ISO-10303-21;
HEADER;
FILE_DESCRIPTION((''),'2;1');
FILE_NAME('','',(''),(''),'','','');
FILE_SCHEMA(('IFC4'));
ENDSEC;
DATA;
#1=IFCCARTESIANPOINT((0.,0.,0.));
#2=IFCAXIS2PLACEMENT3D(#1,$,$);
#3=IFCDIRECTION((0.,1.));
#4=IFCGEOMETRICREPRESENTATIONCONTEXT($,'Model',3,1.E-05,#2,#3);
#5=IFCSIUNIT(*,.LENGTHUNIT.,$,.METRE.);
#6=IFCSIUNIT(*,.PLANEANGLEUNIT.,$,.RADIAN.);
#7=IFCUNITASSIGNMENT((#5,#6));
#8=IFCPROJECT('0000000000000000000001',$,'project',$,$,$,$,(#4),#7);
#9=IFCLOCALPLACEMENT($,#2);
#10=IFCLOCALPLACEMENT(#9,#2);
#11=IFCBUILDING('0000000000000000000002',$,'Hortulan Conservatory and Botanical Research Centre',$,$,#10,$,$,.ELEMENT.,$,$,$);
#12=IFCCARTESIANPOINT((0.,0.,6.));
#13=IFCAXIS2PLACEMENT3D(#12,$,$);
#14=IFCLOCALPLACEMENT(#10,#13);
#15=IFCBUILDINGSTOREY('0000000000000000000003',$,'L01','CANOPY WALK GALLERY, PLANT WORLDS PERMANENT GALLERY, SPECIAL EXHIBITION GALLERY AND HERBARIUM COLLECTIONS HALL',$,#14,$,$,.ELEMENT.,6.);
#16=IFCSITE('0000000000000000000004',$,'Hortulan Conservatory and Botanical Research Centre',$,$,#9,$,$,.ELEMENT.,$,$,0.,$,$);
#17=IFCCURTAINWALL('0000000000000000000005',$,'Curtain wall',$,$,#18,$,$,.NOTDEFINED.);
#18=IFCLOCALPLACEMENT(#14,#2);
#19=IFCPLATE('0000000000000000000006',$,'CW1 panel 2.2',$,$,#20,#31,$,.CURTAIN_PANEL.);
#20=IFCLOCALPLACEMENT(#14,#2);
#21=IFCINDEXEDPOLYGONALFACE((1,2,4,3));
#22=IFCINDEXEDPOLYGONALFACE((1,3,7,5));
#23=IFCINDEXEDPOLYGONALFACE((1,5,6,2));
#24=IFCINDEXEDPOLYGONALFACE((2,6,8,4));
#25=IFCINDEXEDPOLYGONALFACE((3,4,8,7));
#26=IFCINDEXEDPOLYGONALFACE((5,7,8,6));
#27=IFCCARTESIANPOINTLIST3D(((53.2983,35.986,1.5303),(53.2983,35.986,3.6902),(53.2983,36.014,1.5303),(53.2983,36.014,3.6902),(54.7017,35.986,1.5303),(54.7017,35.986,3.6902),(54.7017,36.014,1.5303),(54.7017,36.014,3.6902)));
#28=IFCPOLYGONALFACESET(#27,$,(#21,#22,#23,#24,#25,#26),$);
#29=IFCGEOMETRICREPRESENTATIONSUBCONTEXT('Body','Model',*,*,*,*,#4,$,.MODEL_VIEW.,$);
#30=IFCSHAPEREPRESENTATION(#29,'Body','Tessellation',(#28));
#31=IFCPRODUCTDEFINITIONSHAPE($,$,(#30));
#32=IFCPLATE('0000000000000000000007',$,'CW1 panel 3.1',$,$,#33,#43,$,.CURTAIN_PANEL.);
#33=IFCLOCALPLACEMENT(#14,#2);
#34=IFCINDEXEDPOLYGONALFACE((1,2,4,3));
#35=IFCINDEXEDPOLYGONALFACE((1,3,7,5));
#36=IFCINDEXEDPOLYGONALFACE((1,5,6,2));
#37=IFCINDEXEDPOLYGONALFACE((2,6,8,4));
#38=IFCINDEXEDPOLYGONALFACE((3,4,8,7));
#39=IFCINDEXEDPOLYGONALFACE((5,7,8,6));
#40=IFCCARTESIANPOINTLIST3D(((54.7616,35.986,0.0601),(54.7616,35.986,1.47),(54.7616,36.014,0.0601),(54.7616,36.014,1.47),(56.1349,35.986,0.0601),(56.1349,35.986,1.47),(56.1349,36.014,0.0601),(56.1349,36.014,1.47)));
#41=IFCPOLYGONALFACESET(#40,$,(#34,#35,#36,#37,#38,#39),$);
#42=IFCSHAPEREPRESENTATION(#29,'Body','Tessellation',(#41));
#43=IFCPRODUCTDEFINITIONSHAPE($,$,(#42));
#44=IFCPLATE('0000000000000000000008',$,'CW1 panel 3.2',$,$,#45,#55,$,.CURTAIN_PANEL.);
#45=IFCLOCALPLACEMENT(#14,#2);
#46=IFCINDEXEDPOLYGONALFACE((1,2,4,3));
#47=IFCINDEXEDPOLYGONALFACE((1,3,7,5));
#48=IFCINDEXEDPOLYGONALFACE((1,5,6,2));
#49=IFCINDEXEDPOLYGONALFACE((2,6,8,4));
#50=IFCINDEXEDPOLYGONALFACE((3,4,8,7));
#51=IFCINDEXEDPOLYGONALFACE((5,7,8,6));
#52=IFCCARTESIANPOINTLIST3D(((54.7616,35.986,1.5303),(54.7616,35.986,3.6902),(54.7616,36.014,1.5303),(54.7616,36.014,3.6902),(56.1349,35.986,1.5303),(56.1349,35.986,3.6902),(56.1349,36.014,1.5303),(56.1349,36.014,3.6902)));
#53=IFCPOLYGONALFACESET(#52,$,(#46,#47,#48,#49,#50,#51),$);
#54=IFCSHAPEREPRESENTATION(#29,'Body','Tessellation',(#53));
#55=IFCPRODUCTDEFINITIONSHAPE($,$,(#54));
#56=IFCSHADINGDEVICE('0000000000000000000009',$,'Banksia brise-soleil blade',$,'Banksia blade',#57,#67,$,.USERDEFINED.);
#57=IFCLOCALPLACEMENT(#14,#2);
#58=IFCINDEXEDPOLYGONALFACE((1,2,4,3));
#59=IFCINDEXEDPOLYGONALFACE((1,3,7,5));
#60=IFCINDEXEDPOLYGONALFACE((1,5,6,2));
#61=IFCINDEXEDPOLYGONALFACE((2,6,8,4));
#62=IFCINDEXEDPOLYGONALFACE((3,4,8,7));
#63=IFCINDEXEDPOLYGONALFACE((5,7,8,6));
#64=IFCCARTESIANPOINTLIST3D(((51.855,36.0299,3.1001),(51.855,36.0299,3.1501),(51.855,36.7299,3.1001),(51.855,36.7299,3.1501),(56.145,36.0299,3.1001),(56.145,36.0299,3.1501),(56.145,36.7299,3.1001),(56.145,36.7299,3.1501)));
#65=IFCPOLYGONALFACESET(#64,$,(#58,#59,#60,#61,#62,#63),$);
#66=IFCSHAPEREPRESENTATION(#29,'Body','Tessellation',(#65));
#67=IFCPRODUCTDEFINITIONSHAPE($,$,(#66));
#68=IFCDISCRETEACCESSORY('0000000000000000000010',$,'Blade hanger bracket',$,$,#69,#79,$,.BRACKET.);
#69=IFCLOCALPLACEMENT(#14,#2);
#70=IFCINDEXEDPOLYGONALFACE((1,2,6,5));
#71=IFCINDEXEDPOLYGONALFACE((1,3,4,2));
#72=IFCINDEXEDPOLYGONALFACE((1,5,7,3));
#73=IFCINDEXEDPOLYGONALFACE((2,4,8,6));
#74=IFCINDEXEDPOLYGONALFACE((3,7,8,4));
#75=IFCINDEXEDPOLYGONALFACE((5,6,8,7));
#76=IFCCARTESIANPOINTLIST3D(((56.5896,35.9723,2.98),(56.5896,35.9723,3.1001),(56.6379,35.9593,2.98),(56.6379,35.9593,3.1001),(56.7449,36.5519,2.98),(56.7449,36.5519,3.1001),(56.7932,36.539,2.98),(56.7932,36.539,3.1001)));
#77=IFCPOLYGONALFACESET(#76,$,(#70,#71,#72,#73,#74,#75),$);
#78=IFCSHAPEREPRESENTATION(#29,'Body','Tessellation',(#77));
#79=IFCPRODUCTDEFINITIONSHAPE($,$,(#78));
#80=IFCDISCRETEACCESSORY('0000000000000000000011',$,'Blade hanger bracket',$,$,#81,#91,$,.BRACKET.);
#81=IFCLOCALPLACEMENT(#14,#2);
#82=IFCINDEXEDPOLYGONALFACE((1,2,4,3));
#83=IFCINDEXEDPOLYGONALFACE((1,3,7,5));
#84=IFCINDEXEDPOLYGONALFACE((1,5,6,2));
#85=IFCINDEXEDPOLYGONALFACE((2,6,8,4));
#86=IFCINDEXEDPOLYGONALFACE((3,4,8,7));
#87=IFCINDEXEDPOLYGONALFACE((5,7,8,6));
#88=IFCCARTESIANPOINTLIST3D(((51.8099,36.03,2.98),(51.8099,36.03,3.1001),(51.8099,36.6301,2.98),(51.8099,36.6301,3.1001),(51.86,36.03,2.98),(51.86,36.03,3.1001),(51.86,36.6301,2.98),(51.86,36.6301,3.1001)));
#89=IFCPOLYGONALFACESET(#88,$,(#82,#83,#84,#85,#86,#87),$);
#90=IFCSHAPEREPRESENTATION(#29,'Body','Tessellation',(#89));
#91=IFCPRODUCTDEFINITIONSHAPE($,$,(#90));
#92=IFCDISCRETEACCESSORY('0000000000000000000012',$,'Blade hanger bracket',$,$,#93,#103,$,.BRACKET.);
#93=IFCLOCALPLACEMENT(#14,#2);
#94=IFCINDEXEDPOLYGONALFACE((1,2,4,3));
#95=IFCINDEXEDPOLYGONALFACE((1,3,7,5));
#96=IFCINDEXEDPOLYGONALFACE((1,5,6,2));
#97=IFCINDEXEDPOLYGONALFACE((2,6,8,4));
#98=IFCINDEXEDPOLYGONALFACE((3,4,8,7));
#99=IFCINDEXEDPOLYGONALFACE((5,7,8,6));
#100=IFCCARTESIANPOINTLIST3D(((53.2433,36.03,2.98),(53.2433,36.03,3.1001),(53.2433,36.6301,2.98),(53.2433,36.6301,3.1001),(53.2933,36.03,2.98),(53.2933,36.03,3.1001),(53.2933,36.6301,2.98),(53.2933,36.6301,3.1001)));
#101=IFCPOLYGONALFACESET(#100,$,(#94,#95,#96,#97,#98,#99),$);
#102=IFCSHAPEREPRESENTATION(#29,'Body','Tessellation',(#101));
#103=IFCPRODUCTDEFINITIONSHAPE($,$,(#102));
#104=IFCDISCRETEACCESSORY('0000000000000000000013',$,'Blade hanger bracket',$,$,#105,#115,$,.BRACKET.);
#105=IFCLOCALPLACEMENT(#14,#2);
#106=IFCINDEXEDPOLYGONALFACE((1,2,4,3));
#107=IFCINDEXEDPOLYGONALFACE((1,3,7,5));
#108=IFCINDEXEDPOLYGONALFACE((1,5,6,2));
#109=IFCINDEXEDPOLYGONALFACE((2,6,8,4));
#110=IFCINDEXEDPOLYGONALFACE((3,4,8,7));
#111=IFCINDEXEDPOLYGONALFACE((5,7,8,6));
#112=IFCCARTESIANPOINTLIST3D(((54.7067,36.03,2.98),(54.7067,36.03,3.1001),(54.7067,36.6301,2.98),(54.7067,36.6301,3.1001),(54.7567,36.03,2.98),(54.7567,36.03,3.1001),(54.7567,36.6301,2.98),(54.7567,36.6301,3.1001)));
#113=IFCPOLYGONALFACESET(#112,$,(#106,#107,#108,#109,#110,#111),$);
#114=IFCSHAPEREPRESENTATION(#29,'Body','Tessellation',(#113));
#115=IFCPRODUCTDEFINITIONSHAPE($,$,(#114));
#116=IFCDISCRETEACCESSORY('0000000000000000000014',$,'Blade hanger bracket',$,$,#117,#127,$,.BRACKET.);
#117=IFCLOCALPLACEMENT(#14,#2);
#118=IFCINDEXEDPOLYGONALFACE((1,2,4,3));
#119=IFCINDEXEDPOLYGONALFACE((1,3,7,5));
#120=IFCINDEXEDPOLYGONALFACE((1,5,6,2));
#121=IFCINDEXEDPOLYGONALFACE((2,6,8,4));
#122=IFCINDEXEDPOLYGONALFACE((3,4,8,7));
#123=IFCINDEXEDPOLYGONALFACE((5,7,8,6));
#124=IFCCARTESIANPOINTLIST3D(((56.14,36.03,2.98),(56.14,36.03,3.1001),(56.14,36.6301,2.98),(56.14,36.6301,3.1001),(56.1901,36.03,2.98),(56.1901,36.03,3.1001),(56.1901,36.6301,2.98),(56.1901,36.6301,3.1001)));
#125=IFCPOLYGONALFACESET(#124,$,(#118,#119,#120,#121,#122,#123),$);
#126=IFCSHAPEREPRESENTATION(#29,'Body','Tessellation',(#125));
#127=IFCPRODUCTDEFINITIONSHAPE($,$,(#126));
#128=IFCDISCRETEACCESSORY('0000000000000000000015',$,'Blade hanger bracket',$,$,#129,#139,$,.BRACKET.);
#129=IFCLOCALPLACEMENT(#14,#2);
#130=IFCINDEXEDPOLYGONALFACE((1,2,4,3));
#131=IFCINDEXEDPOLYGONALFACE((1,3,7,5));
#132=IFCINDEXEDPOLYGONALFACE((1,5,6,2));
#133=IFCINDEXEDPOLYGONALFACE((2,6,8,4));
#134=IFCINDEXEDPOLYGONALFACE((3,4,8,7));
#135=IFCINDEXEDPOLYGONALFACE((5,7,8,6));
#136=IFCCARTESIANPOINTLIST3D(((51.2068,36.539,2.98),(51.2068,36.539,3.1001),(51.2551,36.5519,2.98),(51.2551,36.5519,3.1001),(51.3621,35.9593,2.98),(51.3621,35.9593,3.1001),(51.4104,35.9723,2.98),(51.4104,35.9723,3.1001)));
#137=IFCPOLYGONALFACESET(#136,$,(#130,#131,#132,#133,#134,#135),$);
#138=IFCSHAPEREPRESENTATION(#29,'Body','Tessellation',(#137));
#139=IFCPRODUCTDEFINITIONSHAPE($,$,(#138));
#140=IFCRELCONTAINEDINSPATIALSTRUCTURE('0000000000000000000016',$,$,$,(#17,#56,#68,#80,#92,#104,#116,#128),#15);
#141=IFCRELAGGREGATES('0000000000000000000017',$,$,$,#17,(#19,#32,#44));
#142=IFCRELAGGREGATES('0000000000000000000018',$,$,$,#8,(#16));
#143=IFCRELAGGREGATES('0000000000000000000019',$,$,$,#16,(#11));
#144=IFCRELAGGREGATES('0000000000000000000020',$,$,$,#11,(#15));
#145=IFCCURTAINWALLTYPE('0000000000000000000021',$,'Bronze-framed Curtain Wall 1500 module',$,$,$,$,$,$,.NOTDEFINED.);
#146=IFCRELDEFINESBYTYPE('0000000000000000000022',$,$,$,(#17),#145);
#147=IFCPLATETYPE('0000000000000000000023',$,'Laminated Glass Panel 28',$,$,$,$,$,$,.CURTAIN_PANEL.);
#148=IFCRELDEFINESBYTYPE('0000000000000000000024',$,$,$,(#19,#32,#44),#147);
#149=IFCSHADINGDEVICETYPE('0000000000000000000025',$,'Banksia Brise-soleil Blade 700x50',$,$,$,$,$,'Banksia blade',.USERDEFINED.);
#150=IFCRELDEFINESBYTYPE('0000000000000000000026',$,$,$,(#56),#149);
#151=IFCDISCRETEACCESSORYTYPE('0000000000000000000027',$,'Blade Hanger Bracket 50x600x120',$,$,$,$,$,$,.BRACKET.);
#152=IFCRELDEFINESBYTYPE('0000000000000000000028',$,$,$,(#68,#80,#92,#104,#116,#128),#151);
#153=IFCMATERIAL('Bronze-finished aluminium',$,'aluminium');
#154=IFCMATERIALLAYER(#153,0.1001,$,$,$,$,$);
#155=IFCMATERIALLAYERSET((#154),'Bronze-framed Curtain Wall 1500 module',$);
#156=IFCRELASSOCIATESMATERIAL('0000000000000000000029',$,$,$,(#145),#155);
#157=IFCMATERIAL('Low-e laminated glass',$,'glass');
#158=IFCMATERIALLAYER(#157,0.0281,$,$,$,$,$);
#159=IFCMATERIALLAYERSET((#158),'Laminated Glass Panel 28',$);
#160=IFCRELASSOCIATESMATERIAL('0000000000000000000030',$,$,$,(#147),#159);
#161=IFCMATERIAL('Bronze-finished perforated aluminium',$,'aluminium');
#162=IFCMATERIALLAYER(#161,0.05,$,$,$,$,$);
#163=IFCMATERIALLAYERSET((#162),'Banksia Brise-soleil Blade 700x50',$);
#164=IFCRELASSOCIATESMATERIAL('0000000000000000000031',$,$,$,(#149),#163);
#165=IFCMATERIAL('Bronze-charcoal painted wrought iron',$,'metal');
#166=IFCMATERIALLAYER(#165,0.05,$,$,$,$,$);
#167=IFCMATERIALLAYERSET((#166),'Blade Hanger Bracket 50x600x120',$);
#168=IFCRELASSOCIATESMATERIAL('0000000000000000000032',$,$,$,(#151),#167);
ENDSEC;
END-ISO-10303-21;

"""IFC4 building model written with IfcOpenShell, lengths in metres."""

from ifc_helpers import new_model, si_unit, direction, frame, origin, origin_2d, place, context, subcontext, project, spatial, rectangle, extrude, material, layer, layer_set, type_object, element, aggregate, save


model = new_model("IFC4")

# Units and contexts
model_context = context("Model", 3, precision=1e-05, world=origin(), true_north=direction((0.0, 1.0)))
body_context = subcontext(model_context, "Body", "Model", "MODEL_VIEW")
ifc_project = project(units=[si_unit("LENGTHUNIT", "METRE"), si_unit("PLANEANGLEUNIT", "RADIAN")], contexts=[model_context])

# Site, building, storey
site_placement = place(None, origin())
site = spatial("IfcSite", under=ifc_project, at=site_placement, Name="Hortulan Conservatory and Botanical Research Centre", CompositionType="ELEMENT", RefElevation=0.0)
building_placement = place(site_placement, origin())
building = spatial("IfcBuilding", under=site, at=building_placement, Name="Hortulan Conservatory and Botanical Research Centre", CompositionType="ELEMENT")
storey_placement = place(building_placement, frame((0.0, 0.0, 6.0)))
storey = spatial("IfcBuildingStorey", under=building, at=storey_placement, Name="L01", Description="CANOPY WALK GALLERY, PLANT WORLDS PERMANENT GALLERY, SPECIAL EXHIBITION GALLERY AND HERBARIUM COLLECTIONS HALL", CompositionType="ELEMENT", Elevation=6.0)

# Curtain wall
ifc_material_1 = material(Name="Bronze-finished aluminium", Category="aluminium")
ifc_layer_1 = layer(ifc_material_1, 0.1001)
ifc_layer_set_1 = layer_set([ifc_layer_1], Name="Bronze-framed Curtain Wall 1500 module")
curtain_wall_type = type_object("IfcCurtainWallType", Name="Bronze-framed Curtain Wall 1500 module", PredefinedType="NOTDEFINED", material=ifc_layer_set_1)
curtain_wall_placement = place(storey_placement, origin())
curtain_wall = element("IfcCurtainWall", 1, at=curtain_wall_placement, inside=storey, type_object=curtain_wall_type, Name="Curtain wall", PredefinedType="NOTDEFINED")

# Plates
ifc_material_2 = material(Name="Low-e laminated glass", Category="glass")
ifc_layer_2 = layer(ifc_material_2, 0.0281)
ifc_layer_set_2 = layer_set([ifc_layer_2], Name="Laminated Glass Panel 28")
plate_type = type_object("IfcPlateType", Name="Laminated Glass Panel 28", PredefinedType="CURTAIN_PANEL", material=ifc_layer_set_2)
plate_1_placement = place(storey_placement, frame((54.0, 36.0, 1.5303), z_axis=(0.0, 0.0, 1.0), x_axis=(1.0, 0.0, 0.0)))
plate_1 = element("IfcPlate", 2, at=plate_1_placement, type_object=plate_type, Name="CW1 panel 2.2", PredefinedType="CURTAIN_PANEL", context=body_context, shape_type="SweptSolid", body=[
    extrude(rectangle(XDim=1.4033, YDim=0.0281, at=origin_2d()), origin(), (0.0, 0.0, 1.0), 2.1599),
])
plate_2_placement = place(storey_placement, frame((55.4482, 36.0, 0.0601), z_axis=(0.0, 0.0, 1.0), x_axis=(1.0, 0.0, 0.0)))
plate_2 = element("IfcPlate", 3, at=plate_2_placement, type_object=plate_type, Name="CW1 panel 3.1", PredefinedType="CURTAIN_PANEL", context=body_context, shape_type="SweptSolid", body=[
    extrude(rectangle(XDim=1.3733, YDim=0.0281, at=origin_2d()), origin(), (0.0, 0.0, 1.0), 1.4099),
])
plate_3_placement = place(storey_placement, frame((55.4482, 36.0, 1.5303), z_axis=(0.0, 0.0, 1.0), x_axis=(1.0, 0.0, 0.0)))
plate_3 = element("IfcPlate", 4, at=plate_3_placement, type_object=plate_type, Name="CW1 panel 3.2", PredefinedType="CURTAIN_PANEL", context=body_context, shape_type="SweptSolid", body=[
    extrude(rectangle(XDim=1.3733, YDim=0.0281, at=origin_2d()), origin(), (0.0, 0.0, 1.0), 2.1599),
])
aggregate(curtain_wall, [plate_1, plate_2, plate_3])

# Shading device
ifc_material_3 = material(Name="Bronze-finished perforated aluminium", Category="aluminium")
ifc_layer_3 = layer(ifc_material_3, 0.05)
ifc_layer_set_3 = layer_set([ifc_layer_3], Name="Banksia Brise-soleil Blade 700x50")
shading_device_type = type_object("IfcShadingDeviceType", Name="Banksia Brise-soleil Blade 700x50", ElementType="Banksia blade", PredefinedType="USERDEFINED", material=ifc_layer_set_3)
shading_device_placement = place(storey_placement, frame((54.0, 36.3799, 3.1001), z_axis=(0.0, 0.0, 1.0), x_axis=(1.0, 0.0, 0.0)))
element("IfcShadingDevice", 5, at=shading_device_placement, inside=storey, type_object=shading_device_type, Name="Banksia brise-soleil blade", ObjectType="Banksia blade", PredefinedType="USERDEFINED", context=body_context, shape_type="SweptSolid", body=[
    extrude(rectangle(XDim=4.29, YDim=0.7, at=origin_2d()), origin(), (0.0, 0.0, 1.0), 0.05),
])

# Discrete accessories
ifc_material_4 = material(Name="Bronze-charcoal painted wrought iron", Category="metal")
ifc_layer_4 = layer(ifc_material_4, 0.05)
ifc_layer_set_4 = layer_set([ifc_layer_4], Name="Blade Hanger Bracket 50x600x120")
discrete_accessory_type = type_object("IfcDiscreteAccessoryType", Name="Blade Hanger Bracket 50x600x120", PredefinedType="BRACKET", material=ifc_layer_set_4)
for number, where, z_axis, x_axis, name in (
    (6, (56.6914, 36.2556, 2.98), (0.0, 0.0, 1.0), (0.965922, -0.258833, 0.0), "Blade hanger bracket"),
    (7, (51.835, 36.3301, 2.98), (0.0, 0.0, 1.0), (1.0, 0.0, 0.0), "Blade hanger bracket"),
    (8, (53.2683, 36.3301, 2.98), (0.0, 0.0, 1.0), (1.0, 0.0, 0.0), "Blade hanger bracket"),
    (9, (54.7317, 36.3301, 2.98), (0.0, 0.0, 1.0), (1.0, 0.0, 0.0), "Blade hanger bracket"),
    (10, (56.165, 36.3301, 2.98), (0.0, 0.0, 1.0), (1.0, 0.0, 0.0), "Blade hanger bracket"),
    (11, (51.3086, 36.2556, 2.98), (0.0, 0.0, 1.0), (0.965922, 0.258833, 0.0), "Blade hanger bracket"),
):
    element("IfcDiscreteAccessory", number, at=place(storey_placement, frame(where, z_axis=z_axis, x_axis=x_axis)), inside=storey, type_object=discrete_accessory_type, Name=name, PredefinedType="BRACKET", context=body_context, shape_type="SweptSolid", body=[
        extrude(rectangle(XDim=0.05, YDim=0.6001, at=origin_2d()), origin(), (0.0, 0.0, 1.0), 0.1201),
    ])

save(model, "model.ifc")
